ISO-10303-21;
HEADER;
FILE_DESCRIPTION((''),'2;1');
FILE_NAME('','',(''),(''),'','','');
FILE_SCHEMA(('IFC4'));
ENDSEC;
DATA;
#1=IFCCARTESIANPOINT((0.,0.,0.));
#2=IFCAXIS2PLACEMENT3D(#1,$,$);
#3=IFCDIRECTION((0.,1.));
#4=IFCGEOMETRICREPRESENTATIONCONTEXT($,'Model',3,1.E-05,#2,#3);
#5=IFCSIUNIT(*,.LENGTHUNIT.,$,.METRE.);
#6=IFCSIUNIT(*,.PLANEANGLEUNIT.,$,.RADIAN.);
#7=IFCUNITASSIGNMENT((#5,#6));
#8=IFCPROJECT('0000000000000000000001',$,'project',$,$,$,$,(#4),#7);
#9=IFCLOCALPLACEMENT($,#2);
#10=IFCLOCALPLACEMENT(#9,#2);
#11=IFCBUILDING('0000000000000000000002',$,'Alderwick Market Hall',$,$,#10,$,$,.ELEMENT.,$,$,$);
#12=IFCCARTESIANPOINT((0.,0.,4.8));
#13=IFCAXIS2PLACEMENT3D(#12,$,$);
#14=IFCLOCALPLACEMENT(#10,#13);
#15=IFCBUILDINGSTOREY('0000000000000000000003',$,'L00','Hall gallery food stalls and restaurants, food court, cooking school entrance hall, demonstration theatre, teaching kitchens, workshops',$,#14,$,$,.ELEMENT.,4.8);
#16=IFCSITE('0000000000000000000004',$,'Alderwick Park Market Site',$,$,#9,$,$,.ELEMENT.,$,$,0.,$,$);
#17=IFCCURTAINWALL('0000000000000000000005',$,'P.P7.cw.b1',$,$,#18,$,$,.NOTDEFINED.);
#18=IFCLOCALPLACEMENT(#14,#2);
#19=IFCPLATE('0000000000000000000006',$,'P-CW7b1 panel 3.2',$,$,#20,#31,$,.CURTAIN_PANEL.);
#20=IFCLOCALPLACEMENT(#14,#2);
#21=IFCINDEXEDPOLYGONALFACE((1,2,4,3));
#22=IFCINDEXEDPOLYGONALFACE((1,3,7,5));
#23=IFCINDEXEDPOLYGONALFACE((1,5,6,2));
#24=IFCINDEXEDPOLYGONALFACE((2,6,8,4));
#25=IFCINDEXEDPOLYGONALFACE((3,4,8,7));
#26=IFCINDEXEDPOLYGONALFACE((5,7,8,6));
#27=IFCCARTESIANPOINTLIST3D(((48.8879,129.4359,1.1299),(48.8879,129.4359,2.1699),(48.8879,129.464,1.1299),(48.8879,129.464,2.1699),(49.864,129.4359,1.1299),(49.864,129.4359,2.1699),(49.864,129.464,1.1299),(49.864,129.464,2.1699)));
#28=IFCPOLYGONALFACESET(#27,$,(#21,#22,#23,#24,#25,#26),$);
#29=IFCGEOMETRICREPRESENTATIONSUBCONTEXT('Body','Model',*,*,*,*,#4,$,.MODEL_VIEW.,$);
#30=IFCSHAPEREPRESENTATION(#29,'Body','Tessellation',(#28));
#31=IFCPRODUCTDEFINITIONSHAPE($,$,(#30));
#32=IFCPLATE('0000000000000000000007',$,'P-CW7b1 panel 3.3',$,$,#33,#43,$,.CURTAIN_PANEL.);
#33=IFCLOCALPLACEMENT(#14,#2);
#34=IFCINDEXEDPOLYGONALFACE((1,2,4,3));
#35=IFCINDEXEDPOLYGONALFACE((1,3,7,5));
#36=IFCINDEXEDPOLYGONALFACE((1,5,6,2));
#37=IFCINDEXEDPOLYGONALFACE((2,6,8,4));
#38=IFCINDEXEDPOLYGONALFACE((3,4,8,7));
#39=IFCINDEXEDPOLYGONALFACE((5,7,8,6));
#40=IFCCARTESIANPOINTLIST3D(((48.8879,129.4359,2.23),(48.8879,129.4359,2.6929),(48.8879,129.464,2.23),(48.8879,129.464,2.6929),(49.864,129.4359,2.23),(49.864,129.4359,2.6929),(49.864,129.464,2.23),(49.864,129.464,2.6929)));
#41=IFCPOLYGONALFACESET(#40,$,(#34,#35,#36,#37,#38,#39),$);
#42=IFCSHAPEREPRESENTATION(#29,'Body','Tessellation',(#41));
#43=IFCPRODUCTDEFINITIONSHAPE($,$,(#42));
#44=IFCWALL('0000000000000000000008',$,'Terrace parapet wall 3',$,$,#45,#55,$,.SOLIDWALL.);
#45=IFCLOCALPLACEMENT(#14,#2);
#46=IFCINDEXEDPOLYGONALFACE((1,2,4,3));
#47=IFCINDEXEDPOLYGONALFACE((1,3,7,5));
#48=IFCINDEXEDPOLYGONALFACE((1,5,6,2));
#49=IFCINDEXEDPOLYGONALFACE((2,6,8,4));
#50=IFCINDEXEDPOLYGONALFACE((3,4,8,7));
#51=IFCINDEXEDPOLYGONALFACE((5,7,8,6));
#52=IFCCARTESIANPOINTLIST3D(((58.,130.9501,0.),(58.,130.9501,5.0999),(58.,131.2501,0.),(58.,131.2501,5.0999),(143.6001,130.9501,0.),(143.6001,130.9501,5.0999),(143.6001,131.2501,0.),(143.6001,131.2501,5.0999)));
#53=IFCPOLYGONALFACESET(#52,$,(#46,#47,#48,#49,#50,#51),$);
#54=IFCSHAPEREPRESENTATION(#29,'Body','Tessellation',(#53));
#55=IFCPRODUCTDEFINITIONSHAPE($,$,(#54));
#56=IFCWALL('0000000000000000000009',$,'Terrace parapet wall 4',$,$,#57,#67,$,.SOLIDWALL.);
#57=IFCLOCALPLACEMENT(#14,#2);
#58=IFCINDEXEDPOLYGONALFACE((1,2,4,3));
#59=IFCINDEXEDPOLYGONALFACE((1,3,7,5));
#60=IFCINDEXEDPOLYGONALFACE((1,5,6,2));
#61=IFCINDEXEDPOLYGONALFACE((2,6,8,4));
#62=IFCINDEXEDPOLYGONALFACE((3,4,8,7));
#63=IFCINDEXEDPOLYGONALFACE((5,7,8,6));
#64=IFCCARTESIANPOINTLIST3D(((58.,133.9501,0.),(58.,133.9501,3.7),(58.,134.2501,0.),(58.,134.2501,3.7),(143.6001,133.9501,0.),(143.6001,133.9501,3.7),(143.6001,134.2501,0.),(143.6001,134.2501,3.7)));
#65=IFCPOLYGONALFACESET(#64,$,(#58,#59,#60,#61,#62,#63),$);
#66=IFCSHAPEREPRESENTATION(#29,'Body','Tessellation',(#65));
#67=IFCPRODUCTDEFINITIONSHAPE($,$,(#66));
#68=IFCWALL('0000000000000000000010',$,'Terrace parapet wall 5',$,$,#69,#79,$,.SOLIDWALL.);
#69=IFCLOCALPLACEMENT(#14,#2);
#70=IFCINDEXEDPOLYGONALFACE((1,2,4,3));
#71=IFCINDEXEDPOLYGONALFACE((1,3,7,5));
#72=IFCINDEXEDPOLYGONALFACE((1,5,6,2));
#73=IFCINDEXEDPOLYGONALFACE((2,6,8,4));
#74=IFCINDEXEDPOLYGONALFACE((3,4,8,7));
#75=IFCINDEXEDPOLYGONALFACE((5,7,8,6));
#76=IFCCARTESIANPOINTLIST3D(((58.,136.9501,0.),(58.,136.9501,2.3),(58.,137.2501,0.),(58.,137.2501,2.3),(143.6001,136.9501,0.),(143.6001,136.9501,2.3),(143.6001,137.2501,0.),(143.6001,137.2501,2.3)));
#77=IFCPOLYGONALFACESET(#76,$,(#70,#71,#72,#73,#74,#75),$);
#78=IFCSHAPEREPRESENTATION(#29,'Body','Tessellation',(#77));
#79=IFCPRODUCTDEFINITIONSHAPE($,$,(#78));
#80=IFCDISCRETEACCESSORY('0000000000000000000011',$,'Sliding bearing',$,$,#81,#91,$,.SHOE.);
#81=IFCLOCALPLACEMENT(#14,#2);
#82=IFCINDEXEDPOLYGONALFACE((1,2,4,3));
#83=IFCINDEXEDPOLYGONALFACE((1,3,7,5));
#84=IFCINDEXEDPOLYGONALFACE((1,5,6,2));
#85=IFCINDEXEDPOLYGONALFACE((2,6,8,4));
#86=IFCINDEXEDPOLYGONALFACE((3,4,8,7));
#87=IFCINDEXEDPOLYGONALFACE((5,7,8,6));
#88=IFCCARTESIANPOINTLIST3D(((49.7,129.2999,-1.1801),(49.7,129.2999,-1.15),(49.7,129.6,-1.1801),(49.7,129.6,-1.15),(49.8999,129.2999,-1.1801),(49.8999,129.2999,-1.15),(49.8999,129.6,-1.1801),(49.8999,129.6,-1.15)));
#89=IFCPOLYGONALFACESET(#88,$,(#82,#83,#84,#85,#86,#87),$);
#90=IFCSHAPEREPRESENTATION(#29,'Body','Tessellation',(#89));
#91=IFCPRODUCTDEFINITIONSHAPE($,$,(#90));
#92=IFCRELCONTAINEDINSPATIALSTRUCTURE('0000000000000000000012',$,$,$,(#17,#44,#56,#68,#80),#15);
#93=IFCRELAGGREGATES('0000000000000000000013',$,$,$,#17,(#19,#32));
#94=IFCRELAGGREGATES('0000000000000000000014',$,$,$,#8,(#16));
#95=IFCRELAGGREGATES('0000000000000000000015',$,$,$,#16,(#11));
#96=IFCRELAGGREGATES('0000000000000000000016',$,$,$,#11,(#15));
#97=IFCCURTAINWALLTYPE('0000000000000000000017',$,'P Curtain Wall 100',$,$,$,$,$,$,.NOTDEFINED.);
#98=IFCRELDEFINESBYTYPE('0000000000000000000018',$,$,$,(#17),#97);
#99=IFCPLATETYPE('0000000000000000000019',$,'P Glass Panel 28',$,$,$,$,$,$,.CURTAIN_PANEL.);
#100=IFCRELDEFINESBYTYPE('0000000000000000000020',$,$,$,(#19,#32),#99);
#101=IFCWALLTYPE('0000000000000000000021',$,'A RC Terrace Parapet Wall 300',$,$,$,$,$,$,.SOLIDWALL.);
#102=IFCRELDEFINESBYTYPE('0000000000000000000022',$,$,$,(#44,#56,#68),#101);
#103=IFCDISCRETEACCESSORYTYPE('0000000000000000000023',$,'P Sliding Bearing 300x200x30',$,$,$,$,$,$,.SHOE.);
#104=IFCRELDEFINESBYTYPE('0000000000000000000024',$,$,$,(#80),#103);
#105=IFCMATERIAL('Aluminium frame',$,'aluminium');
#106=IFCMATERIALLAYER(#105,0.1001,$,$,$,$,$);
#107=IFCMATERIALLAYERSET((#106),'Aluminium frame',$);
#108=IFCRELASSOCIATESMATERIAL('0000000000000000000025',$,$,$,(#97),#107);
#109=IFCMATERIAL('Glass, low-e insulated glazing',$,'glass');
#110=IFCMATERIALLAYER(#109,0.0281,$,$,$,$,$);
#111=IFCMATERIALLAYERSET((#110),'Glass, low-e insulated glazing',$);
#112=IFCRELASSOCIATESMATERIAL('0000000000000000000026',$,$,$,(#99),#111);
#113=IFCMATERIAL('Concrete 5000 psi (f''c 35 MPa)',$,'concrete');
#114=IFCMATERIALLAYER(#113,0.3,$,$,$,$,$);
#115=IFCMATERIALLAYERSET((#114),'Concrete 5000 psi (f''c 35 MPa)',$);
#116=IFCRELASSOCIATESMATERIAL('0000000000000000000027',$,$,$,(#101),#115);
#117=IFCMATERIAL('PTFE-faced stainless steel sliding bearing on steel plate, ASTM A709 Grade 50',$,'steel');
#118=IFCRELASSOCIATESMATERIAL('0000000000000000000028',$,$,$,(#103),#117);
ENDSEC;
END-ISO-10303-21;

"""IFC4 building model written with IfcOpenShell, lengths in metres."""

from ifc_helpers import new_model, si_unit, direction, frame, frame_2d, origin, origin_2d, place, context, subcontext, project, spatial, rectangle, extrude, material, layer, layer_set, material_profile, profile_set, type_object, element, aggregate, save


model = new_model("IFC4")

# Units and contexts
model_context = context("Model", 3, precision=1e-05, world=origin(), true_north=direction((0.0, 1.0)))
body_context = subcontext(model_context, "Body", "Model", "MODEL_VIEW")
ifc_project = project(units=[si_unit("LENGTHUNIT", "METRE"), si_unit("PLANEANGLEUNIT", "RADIAN")], contexts=[model_context])

# Site, building, storey
site_placement = place(None, origin())
site = spatial("IfcSite", under=ifc_project, at=site_placement, Name="Alderwick Park Market Site", CompositionType="ELEMENT", RefElevation=0.0)
building_placement = place(site_placement, origin())
building = spatial("IfcBuilding", under=site, at=building_placement, Name="Alderwick Market Hall", CompositionType="ELEMENT")
storey_placement = place(building_placement, frame((0.0, 0.0, 4.8)))
storey = spatial("IfcBuildingStorey", under=building, at=storey_placement, Name="L00", Description="Hall gallery food stalls and restaurants, food court, cooking school entrance hall, demonstration theatre, teaching kitchens, workshops", CompositionType="ELEMENT", Elevation=4.8)

# Curtain wall
ifc_material_1 = material(Name="Aluminium frame", Category="aluminium")
ifc_layer_1 = layer(ifc_material_1, 0.1001)
ifc_layer_set_1 = layer_set([ifc_layer_1], Name="Aluminium frame")
curtain_wall_type = type_object("IfcCurtainWallType", Name="P Curtain Wall 100", PredefinedType="NOTDEFINED", material=ifc_layer_set_1)
curtain_wall_placement = place(storey_placement, origin())
curtain_wall = element("IfcCurtainWall", 1, at=curtain_wall_placement, inside=storey, type_object=curtain_wall_type, Name="P.P7.cw.b1", PredefinedType="NOTDEFINED")

# Shared definitions
ifc_material_2 = material(Name="Concrete 5000 psi (f'c 35 MPa)", Category="concrete")

# Plates
ifc_material_3 = material(Name="Glass, low-e insulated glazing", Category="glass")
ifc_layer_2 = layer(ifc_material_3, 0.0281)
ifc_layer_set_2 = layer_set([ifc_layer_2], Name="Glass, low-e insulated glazing")
plate_type = type_object("IfcPlateType", Name="P Glass Panel 28", PredefinedType="CURTAIN_PANEL", material=ifc_layer_set_2)
plate_1_placement = place(storey_placement, frame((49.376, 129.45, 1.1299), z_axis=(0.0, 0.0, 1.0), x_axis=(1.0, 0.0, 0.0)))
plate_1 = element("IfcPlate", 2, at=plate_1_placement, type_object=plate_type, Name="P-CW7b1 panel 3.2", PredefinedType="CURTAIN_PANEL", context=body_context, shape_type="SweptSolid", body=[
    extrude(rectangle(XDim=0.9761, YDim=0.0281, at=origin_2d()), origin(), (0.0, 0.0, 1.0), 1.04),
])
plate_2_placement = place(storey_placement, frame((49.376, 129.45, 2.23), z_axis=(0.0, 0.0, 1.0), x_axis=(1.0, 0.0, 0.0)))
plate_2 = element("IfcPlate", 3, at=plate_2_placement, type_object=plate_type, Name="P-CW7b1 panel 3.3", PredefinedType="CURTAIN_PANEL", context=body_context, shape_type="SweptSolid", body=[
    extrude(rectangle(XDim=0.9761, YDim=0.0281, at=origin_2d()), origin(), (0.0, 0.0, 1.0), 0.4629),
])
aggregate(curtain_wall, [plate_1, plate_2])

# Walls
ifc_layer_3 = layer(ifc_material_2, 0.3)
ifc_layer_set_3 = layer_set([ifc_layer_3], Name="Concrete 5000 psi (f'c 35 MPa)")
wall_type = type_object("IfcWallType", Name="A RC Terrace Parapet Wall 300", PredefinedType="SOLIDWALL", material=ifc_layer_set_3)
wall_1_placement = place(storey_placement, frame((58.0, 131.1001, 0.0), z_axis=(0.0, 0.0, 1.0), x_axis=(1.0, 0.0, 0.0)))
element("IfcWall", 4, at=wall_1_placement, inside=storey, type_object=wall_type, Name="Terrace parapet wall 3", PredefinedType="SOLIDWALL", context=body_context, shape_type="SweptSolid", body=[
    extrude(rectangle(XDim=85.6001, YDim=0.3, at=frame_2d((42.8, 0.0))), origin(), (0.0, 0.0, 1.0), 5.0999),
])
wall_2_placement = place(storey_placement, frame((58.0, 134.1001, 0.0), z_axis=(0.0, 0.0, 1.0), x_axis=(1.0, 0.0, 0.0)))
element("IfcWall", 5, at=wall_2_placement, inside=storey, type_object=wall_type, Name="Terrace parapet wall 4", PredefinedType="SOLIDWALL", context=body_context, shape_type="SweptSolid", body=[
    extrude(rectangle(XDim=85.6001, YDim=0.3, at=frame_2d((42.8, 0.0))), origin(), (0.0, 0.0, 1.0), 3.7),
])
wall_3_placement = place(storey_placement, frame((58.0, 137.1001, 0.0), z_axis=(0.0, 0.0, 1.0), x_axis=(1.0, 0.0, 0.0)))
element("IfcWall", 6, at=wall_3_placement, inside=storey, type_object=wall_type, Name="Terrace parapet wall 5", PredefinedType="SOLIDWALL", context=body_context, shape_type="SweptSolid", body=[
    extrude(rectangle(XDim=85.6001, YDim=0.3, at=frame_2d((42.8, 0.0))), origin(), (0.0, 0.0, 1.0), 2.3),
])

# Discrete accessory
ifc_material_4 = material(Name="PTFE-faced stainless steel sliding bearing on steel plate, ASTM A709 Grade 50", Category="steel")
ifc_material_profile_1 = material_profile(ifc_material_4, rectangle(XDim=0.3, YDim=0.03, at=origin_2d()), Name="P Sliding Bearing 300x200x30")
ifc_profile_set_1 = profile_set([ifc_material_profile_1], Name="PTFE-faced stainless steel sliding bearing on steel plate, ASTM A709 Grade 50")
discrete_accessory_type = type_object("IfcDiscreteAccessoryType", Name="P Sliding Bearing 300x200x30", PredefinedType="SHOE", material=ifc_profile_set_1)
discrete_accessory_placement = place(storey_placement, frame((49.7, 129.45, -1.165), z_axis=(1.0, 0.0, 0.0), x_axis=(0.0, 1.0, 0.0)))
element("IfcDiscreteAccessory", 7, at=discrete_accessory_placement, inside=storey, type_object=discrete_accessory_type, Name="Sliding bearing", PredefinedType="SHOE", context=body_context, shape_type="SweptSolid", body=[
    extrude(rectangle(XDim=0.3, YDim=0.03, at=origin_2d()), origin(), (0.0, 0.0, 1.0), 0.2),
])

save(model, "model.ifc")
